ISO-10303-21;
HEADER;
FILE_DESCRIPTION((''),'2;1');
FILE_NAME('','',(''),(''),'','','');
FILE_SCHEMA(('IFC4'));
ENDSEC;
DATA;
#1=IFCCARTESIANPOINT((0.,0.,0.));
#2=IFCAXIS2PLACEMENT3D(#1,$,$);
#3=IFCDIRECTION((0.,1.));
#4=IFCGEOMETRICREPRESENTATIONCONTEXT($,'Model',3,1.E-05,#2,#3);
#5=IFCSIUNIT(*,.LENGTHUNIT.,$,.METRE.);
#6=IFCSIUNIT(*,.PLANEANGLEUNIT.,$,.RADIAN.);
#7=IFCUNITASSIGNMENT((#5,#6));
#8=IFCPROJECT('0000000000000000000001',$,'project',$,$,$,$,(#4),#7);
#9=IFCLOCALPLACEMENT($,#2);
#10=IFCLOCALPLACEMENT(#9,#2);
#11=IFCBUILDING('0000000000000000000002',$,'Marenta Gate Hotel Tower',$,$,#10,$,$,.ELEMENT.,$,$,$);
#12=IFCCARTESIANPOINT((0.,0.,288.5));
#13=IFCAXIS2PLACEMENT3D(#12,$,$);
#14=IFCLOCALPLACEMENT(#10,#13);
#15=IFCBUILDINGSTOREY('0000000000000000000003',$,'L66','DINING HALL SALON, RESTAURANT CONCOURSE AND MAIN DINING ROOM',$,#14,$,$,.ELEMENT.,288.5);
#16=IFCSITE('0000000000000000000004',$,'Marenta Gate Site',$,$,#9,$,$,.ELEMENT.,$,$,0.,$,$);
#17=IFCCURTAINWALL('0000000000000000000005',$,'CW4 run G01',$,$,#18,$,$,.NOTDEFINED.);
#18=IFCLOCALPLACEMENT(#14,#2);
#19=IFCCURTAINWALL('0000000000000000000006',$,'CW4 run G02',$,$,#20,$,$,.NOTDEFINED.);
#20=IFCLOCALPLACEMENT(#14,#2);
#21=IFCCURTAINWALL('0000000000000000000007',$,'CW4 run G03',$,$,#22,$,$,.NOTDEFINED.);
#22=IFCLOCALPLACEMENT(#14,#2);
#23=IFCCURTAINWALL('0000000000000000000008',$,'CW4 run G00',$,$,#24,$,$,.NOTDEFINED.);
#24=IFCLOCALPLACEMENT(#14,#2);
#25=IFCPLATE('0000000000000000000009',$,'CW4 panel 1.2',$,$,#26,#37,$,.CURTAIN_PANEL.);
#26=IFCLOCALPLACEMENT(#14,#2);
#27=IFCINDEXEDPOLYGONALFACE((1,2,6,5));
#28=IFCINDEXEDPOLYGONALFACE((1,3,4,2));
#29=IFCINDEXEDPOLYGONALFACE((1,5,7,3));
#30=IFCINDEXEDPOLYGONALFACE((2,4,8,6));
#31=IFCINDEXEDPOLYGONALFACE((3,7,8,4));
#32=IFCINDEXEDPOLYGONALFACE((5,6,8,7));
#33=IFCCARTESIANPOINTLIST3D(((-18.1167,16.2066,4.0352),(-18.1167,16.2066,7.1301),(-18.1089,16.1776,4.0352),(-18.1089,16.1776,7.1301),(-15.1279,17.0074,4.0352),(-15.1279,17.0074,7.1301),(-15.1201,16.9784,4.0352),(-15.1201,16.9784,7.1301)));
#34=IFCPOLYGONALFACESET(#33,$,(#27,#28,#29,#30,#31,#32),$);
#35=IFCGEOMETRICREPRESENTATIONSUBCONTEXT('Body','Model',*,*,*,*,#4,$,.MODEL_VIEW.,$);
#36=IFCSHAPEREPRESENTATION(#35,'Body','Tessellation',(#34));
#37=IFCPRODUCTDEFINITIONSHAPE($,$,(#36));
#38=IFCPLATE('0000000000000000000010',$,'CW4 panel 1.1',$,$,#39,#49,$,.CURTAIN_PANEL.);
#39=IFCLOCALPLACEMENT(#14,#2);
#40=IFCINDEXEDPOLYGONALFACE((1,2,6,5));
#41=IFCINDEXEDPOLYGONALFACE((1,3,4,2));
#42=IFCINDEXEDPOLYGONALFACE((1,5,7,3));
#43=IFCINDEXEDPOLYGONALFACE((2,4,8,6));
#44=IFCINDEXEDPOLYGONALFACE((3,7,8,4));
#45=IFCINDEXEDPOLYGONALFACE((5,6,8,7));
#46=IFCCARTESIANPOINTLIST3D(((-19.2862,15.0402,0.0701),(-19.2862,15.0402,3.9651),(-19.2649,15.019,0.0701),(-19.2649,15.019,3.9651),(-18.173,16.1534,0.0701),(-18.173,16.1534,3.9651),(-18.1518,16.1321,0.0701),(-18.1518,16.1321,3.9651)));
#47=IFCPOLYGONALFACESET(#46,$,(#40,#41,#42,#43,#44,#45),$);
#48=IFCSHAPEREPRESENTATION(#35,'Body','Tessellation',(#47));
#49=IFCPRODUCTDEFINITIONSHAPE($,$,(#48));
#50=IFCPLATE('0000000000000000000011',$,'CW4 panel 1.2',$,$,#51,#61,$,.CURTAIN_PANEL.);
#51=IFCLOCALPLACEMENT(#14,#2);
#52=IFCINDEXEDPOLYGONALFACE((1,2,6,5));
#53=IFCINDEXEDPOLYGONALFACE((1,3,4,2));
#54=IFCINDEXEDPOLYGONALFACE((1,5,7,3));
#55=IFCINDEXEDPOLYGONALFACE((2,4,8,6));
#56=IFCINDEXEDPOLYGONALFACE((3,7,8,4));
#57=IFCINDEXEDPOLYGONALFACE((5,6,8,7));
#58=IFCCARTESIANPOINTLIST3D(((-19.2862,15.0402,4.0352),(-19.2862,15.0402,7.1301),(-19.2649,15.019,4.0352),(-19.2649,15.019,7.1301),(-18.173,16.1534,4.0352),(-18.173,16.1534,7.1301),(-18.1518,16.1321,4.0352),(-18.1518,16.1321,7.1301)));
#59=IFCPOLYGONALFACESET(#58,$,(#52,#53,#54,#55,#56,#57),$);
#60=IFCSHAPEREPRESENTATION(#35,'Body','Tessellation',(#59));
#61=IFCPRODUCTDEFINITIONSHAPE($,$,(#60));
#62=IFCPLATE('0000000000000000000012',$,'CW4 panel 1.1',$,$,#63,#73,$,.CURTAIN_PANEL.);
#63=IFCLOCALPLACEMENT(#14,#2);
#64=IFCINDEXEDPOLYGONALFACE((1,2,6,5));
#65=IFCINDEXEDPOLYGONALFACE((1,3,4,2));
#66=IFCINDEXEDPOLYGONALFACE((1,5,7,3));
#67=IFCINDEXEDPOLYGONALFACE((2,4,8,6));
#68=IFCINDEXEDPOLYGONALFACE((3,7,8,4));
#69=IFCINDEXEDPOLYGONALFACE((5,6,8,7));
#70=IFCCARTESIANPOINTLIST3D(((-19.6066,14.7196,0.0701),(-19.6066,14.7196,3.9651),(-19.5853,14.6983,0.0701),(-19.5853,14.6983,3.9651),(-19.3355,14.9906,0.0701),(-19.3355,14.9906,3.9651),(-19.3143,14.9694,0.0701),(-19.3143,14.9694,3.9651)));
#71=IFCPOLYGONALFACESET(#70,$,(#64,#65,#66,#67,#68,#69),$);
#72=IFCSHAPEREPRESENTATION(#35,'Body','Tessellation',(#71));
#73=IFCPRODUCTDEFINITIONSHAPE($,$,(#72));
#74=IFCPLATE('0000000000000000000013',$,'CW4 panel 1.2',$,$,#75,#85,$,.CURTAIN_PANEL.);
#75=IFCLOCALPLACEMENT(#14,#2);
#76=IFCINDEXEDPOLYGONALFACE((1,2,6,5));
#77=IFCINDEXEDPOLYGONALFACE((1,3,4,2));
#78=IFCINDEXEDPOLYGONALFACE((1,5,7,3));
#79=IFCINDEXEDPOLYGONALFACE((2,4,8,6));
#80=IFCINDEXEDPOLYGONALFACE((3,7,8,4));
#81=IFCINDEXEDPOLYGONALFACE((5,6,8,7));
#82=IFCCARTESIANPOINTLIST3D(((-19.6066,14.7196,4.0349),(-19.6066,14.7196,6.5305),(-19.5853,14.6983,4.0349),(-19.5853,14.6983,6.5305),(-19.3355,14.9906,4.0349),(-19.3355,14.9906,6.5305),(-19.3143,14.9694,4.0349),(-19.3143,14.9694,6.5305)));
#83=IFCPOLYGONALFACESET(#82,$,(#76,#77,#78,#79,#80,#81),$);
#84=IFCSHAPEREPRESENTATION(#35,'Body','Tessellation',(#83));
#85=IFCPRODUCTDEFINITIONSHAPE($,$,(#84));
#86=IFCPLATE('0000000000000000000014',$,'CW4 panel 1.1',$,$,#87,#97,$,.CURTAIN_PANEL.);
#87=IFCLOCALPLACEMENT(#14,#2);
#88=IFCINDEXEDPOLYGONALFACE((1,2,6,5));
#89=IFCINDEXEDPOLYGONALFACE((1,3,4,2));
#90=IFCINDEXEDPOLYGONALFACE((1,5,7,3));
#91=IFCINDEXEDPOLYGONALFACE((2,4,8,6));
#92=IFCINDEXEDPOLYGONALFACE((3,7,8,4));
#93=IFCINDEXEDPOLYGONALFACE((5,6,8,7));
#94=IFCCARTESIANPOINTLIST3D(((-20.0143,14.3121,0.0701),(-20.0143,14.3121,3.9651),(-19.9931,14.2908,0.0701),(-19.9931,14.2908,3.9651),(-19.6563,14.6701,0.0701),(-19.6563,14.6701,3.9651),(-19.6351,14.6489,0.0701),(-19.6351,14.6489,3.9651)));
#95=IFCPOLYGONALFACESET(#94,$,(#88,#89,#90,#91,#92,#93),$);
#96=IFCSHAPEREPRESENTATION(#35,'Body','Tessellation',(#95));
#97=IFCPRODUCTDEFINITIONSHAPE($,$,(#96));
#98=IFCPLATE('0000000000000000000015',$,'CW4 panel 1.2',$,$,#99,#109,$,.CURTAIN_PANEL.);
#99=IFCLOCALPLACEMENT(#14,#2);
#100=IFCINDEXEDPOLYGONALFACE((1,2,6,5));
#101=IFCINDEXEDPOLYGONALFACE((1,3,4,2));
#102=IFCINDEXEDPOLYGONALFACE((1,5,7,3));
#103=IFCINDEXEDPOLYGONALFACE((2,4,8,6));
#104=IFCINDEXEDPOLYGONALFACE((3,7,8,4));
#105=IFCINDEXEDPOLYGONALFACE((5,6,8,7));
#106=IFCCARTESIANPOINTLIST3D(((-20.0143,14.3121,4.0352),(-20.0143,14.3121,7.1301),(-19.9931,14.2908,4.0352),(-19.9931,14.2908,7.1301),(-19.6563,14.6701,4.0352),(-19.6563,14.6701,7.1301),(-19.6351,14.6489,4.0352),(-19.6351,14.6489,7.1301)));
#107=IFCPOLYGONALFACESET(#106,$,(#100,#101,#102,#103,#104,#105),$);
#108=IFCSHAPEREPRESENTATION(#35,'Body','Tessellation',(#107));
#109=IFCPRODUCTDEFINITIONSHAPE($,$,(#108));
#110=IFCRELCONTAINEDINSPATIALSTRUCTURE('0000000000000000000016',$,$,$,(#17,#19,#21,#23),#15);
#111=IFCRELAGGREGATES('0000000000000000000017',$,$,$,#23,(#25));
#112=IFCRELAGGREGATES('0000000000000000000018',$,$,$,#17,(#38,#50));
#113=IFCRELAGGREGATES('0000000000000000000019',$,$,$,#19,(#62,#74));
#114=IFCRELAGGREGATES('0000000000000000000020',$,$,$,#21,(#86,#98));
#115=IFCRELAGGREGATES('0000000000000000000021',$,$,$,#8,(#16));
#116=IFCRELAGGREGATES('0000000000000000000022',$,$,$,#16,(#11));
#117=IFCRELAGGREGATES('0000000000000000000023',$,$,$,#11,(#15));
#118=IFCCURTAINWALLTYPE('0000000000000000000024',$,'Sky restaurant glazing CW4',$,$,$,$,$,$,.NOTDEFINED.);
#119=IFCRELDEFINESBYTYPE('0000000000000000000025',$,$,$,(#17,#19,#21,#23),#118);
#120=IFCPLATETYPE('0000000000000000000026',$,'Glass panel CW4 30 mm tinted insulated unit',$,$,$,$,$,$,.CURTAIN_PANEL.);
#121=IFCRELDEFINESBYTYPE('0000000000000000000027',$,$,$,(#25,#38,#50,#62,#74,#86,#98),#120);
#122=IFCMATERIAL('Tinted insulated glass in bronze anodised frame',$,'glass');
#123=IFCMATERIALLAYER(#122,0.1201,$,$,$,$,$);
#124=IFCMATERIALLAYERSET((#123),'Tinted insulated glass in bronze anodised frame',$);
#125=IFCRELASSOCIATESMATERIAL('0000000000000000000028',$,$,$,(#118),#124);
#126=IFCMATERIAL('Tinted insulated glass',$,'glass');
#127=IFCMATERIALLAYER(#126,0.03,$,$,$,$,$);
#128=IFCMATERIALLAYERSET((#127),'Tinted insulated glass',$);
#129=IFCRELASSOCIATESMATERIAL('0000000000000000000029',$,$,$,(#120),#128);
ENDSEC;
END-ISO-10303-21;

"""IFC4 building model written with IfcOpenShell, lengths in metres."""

from ifc_helpers import new_model, si_unit, direction, frame, origin, origin_2d, place, context, subcontext, project, spatial, rectangle, extrude, material, layer, layer_set, type_object, element, aggregate, save


model = new_model("IFC4")

# Units and contexts
model_context = context("Model", 3, precision=1e-05, world=origin(), true_north=direction((0.0, 1.0)))
body_context = subcontext(model_context, "Body", "Model", "MODEL_VIEW")
ifc_project = project(units=[si_unit("LENGTHUNIT", "METRE"), si_unit("PLANEANGLEUNIT", "RADIAN")], contexts=[model_context])

# Site, building, storey
site_placement = place(None, origin())
site = spatial("IfcSite", under=ifc_project, at=site_placement, Name="Marenta Gate Site", CompositionType="ELEMENT", RefElevation=0.0)
building_placement = place(site_placement, origin())
building = spatial("IfcBuilding", under=site, at=building_placement, Name="Marenta Gate Hotel Tower", CompositionType="ELEMENT")
storey_placement = place(building_placement, frame((0.0, 0.0, 288.5)))
storey = spatial("IfcBuildingStorey", under=building, at=storey_placement, Name="L66", Description="DINING HALL SALON, RESTAURANT CONCOURSE AND MAIN DINING ROOM", CompositionType="ELEMENT", Elevation=288.5)

# Curtain walls
ifc_material_1 = material(Name="Tinted insulated glass in bronze anodised frame", Category="glass")
ifc_layer_1 = layer(ifc_material_1, 0.1201)
ifc_layer_set_1 = layer_set([ifc_layer_1], Name="Tinted insulated glass in bronze anodised frame")
curtain_wall_type = type_object("IfcCurtainWallType", Name="Sky restaurant glazing CW4", PredefinedType="NOTDEFINED", material=ifc_layer_set_1)
curtain_wall_1_placement = place(storey_placement, origin())
curtain_wall_1 = element("IfcCurtainWall", 1, at=curtain_wall_1_placement, inside=storey, type_object=curtain_wall_type, Name="CW4 run G01", PredefinedType="NOTDEFINED")
curtain_wall_2_placement = place(storey_placement, origin())
curtain_wall_2 = element("IfcCurtainWall", 2, at=curtain_wall_2_placement, inside=storey, type_object=curtain_wall_type, Name="CW4 run G02", PredefinedType="NOTDEFINED")
curtain_wall_3_placement = place(storey_placement, origin())
curtain_wall_3 = element("IfcCurtainWall", 3, at=curtain_wall_3_placement, inside=storey, type_object=curtain_wall_type, Name="CW4 run G03", PredefinedType="NOTDEFINED")

# Curtain wall
curtain_wall_4_placement = place(storey_placement, origin())
curtain_wall_4 = element("IfcCurtainWall", 4, at=curtain_wall_4_placement, inside=storey, type_object=curtain_wall_type, Name="CW4 run G00", PredefinedType="NOTDEFINED")

# Plates
ifc_material_2 = material(Name="Tinted insulated glass", Category="glass")
ifc_layer_2 = layer(ifc_material_2, 0.03)
ifc_layer_set_2 = layer_set([ifc_layer_2], Name="Tinted insulated glass")
plate_type = type_object("IfcPlateType", Name="Glass panel CW4 30 mm tinted insulated unit", PredefinedType="CURTAIN_PANEL", material=ifc_layer_set_2)
plate_1_placement = place(storey_placement, frame((-16.6184, 16.5925, 4.0352), z_axis=(0.0, 0.0, 1.0), x_axis=(-0.965931, -0.258801, 0.0)))
plate_1 = element("IfcPlate", 5, at=plate_1_placement, type_object=plate_type, Name="CW4 panel 1.2", PredefinedType="CURTAIN_PANEL", context=body_context, shape_type="SweptSolid", body=[
    extrude(rectangle(XDim=3.0942, YDim=0.03, at=origin_2d()), origin(), (0.0, 0.0, 1.0), 3.095),
])
aggregate(curtain_wall_4, [plate_1])
plate_2_placement = place(storey_placement, frame((-18.719, 15.5862, 0.0701), z_axis=(0.0, 0.0, 1.0), x_axis=(-0.707107, -0.707107, 0.0)))
plate_2 = element("IfcPlate", 6, at=plate_2_placement, type_object=plate_type, Name="CW4 panel 1.1", PredefinedType="CURTAIN_PANEL", context=body_context, shape_type="SweptSolid", body=[
    extrude(rectangle(XDim=1.5742, YDim=0.03, at=origin_2d()), origin(), (0.0, 0.0, 1.0), 3.895),
])
plate_3_placement = place(storey_placement, frame((-18.719, 15.5862, 4.0352), z_axis=(0.0, 0.0, 1.0), x_axis=(-0.707107, -0.707107, 0.0)))
plate_3 = element("IfcPlate", 7, at=plate_3_placement, type_object=plate_type, Name="CW4 panel 1.2", PredefinedType="CURTAIN_PANEL", context=body_context, shape_type="SweptSolid", body=[
    extrude(rectangle(XDim=1.5742, YDim=0.03, at=origin_2d()), origin(), (0.0, 0.0, 1.0), 3.095),
])
aggregate(curtain_wall_1, [plate_2, plate_3])
plate_4_placement = place(storey_placement, frame((-19.4604, 14.8445, 0.0701), z_axis=(0.0, 0.0, 1.0), x_axis=(-0.707107, -0.707107, 0.0)))
plate_4 = element("IfcPlate", 8, at=plate_4_placement, type_object=plate_type, Name="CW4 panel 1.1", PredefinedType="CURTAIN_PANEL", context=body_context, shape_type="SweptSolid", body=[
    extrude(rectangle(XDim=0.3833, YDim=0.03, at=origin_2d()), origin(), (0.0, 0.0, 1.0), 3.895),
])
plate_5_placement = place(storey_placement, frame((-19.4604, 14.8445, 4.0349), z_axis=(0.0, 0.0, 1.0), x_axis=(-0.707107, -0.707107, 0.0)))
plate_5 = element("IfcPlate", 9, at=plate_5_placement, type_object=plate_type, Name="CW4 panel 1.2", PredefinedType="CURTAIN_PANEL", context=body_context, shape_type="SweptSolid", body=[
    extrude(rectangle(XDim=0.3833, YDim=0.03, at=origin_2d()), origin(), (0.0, 0.0, 1.0), 2.4956),
])
aggregate(curtain_wall_2, [plate_4, plate_5])
plate_6_placement = place(storey_placement, frame((-19.8247, 14.4805, 0.0701), z_axis=(0.0, 0.0, 1.0), x_axis=(-0.707107, -0.707107, 0.0)))
plate_6 = element("IfcPlate", 10, at=plate_6_placement, type_object=plate_type, Name="CW4 panel 1.1", PredefinedType="CURTAIN_PANEL", context=body_context, shape_type="SweptSolid", body=[
    extrude(rectangle(XDim=0.5063, YDim=0.03, at=origin_2d()), origin(), (0.0, 0.0, 1.0), 3.895),
])
plate_7_placement = place(storey_placement, frame((-19.8247, 14.4805, 4.0352), z_axis=(0.0, 0.0, 1.0), x_axis=(-0.707107, -0.707107, 0.0)))
plate_7 = element("IfcPlate", 11, at=plate_7_placement, type_object=plate_type, Name="CW4 panel 1.2", PredefinedType="CURTAIN_PANEL", context=body_context, shape_type="SweptSolid", body=[
    extrude(rectangle(XDim=0.5063, YDim=0.03, at=origin_2d()), origin(), (0.0, 0.0, 1.0), 3.095),
])
aggregate(curtain_wall_3, [plate_6, plate_7])

save(model, "model.ifc")
